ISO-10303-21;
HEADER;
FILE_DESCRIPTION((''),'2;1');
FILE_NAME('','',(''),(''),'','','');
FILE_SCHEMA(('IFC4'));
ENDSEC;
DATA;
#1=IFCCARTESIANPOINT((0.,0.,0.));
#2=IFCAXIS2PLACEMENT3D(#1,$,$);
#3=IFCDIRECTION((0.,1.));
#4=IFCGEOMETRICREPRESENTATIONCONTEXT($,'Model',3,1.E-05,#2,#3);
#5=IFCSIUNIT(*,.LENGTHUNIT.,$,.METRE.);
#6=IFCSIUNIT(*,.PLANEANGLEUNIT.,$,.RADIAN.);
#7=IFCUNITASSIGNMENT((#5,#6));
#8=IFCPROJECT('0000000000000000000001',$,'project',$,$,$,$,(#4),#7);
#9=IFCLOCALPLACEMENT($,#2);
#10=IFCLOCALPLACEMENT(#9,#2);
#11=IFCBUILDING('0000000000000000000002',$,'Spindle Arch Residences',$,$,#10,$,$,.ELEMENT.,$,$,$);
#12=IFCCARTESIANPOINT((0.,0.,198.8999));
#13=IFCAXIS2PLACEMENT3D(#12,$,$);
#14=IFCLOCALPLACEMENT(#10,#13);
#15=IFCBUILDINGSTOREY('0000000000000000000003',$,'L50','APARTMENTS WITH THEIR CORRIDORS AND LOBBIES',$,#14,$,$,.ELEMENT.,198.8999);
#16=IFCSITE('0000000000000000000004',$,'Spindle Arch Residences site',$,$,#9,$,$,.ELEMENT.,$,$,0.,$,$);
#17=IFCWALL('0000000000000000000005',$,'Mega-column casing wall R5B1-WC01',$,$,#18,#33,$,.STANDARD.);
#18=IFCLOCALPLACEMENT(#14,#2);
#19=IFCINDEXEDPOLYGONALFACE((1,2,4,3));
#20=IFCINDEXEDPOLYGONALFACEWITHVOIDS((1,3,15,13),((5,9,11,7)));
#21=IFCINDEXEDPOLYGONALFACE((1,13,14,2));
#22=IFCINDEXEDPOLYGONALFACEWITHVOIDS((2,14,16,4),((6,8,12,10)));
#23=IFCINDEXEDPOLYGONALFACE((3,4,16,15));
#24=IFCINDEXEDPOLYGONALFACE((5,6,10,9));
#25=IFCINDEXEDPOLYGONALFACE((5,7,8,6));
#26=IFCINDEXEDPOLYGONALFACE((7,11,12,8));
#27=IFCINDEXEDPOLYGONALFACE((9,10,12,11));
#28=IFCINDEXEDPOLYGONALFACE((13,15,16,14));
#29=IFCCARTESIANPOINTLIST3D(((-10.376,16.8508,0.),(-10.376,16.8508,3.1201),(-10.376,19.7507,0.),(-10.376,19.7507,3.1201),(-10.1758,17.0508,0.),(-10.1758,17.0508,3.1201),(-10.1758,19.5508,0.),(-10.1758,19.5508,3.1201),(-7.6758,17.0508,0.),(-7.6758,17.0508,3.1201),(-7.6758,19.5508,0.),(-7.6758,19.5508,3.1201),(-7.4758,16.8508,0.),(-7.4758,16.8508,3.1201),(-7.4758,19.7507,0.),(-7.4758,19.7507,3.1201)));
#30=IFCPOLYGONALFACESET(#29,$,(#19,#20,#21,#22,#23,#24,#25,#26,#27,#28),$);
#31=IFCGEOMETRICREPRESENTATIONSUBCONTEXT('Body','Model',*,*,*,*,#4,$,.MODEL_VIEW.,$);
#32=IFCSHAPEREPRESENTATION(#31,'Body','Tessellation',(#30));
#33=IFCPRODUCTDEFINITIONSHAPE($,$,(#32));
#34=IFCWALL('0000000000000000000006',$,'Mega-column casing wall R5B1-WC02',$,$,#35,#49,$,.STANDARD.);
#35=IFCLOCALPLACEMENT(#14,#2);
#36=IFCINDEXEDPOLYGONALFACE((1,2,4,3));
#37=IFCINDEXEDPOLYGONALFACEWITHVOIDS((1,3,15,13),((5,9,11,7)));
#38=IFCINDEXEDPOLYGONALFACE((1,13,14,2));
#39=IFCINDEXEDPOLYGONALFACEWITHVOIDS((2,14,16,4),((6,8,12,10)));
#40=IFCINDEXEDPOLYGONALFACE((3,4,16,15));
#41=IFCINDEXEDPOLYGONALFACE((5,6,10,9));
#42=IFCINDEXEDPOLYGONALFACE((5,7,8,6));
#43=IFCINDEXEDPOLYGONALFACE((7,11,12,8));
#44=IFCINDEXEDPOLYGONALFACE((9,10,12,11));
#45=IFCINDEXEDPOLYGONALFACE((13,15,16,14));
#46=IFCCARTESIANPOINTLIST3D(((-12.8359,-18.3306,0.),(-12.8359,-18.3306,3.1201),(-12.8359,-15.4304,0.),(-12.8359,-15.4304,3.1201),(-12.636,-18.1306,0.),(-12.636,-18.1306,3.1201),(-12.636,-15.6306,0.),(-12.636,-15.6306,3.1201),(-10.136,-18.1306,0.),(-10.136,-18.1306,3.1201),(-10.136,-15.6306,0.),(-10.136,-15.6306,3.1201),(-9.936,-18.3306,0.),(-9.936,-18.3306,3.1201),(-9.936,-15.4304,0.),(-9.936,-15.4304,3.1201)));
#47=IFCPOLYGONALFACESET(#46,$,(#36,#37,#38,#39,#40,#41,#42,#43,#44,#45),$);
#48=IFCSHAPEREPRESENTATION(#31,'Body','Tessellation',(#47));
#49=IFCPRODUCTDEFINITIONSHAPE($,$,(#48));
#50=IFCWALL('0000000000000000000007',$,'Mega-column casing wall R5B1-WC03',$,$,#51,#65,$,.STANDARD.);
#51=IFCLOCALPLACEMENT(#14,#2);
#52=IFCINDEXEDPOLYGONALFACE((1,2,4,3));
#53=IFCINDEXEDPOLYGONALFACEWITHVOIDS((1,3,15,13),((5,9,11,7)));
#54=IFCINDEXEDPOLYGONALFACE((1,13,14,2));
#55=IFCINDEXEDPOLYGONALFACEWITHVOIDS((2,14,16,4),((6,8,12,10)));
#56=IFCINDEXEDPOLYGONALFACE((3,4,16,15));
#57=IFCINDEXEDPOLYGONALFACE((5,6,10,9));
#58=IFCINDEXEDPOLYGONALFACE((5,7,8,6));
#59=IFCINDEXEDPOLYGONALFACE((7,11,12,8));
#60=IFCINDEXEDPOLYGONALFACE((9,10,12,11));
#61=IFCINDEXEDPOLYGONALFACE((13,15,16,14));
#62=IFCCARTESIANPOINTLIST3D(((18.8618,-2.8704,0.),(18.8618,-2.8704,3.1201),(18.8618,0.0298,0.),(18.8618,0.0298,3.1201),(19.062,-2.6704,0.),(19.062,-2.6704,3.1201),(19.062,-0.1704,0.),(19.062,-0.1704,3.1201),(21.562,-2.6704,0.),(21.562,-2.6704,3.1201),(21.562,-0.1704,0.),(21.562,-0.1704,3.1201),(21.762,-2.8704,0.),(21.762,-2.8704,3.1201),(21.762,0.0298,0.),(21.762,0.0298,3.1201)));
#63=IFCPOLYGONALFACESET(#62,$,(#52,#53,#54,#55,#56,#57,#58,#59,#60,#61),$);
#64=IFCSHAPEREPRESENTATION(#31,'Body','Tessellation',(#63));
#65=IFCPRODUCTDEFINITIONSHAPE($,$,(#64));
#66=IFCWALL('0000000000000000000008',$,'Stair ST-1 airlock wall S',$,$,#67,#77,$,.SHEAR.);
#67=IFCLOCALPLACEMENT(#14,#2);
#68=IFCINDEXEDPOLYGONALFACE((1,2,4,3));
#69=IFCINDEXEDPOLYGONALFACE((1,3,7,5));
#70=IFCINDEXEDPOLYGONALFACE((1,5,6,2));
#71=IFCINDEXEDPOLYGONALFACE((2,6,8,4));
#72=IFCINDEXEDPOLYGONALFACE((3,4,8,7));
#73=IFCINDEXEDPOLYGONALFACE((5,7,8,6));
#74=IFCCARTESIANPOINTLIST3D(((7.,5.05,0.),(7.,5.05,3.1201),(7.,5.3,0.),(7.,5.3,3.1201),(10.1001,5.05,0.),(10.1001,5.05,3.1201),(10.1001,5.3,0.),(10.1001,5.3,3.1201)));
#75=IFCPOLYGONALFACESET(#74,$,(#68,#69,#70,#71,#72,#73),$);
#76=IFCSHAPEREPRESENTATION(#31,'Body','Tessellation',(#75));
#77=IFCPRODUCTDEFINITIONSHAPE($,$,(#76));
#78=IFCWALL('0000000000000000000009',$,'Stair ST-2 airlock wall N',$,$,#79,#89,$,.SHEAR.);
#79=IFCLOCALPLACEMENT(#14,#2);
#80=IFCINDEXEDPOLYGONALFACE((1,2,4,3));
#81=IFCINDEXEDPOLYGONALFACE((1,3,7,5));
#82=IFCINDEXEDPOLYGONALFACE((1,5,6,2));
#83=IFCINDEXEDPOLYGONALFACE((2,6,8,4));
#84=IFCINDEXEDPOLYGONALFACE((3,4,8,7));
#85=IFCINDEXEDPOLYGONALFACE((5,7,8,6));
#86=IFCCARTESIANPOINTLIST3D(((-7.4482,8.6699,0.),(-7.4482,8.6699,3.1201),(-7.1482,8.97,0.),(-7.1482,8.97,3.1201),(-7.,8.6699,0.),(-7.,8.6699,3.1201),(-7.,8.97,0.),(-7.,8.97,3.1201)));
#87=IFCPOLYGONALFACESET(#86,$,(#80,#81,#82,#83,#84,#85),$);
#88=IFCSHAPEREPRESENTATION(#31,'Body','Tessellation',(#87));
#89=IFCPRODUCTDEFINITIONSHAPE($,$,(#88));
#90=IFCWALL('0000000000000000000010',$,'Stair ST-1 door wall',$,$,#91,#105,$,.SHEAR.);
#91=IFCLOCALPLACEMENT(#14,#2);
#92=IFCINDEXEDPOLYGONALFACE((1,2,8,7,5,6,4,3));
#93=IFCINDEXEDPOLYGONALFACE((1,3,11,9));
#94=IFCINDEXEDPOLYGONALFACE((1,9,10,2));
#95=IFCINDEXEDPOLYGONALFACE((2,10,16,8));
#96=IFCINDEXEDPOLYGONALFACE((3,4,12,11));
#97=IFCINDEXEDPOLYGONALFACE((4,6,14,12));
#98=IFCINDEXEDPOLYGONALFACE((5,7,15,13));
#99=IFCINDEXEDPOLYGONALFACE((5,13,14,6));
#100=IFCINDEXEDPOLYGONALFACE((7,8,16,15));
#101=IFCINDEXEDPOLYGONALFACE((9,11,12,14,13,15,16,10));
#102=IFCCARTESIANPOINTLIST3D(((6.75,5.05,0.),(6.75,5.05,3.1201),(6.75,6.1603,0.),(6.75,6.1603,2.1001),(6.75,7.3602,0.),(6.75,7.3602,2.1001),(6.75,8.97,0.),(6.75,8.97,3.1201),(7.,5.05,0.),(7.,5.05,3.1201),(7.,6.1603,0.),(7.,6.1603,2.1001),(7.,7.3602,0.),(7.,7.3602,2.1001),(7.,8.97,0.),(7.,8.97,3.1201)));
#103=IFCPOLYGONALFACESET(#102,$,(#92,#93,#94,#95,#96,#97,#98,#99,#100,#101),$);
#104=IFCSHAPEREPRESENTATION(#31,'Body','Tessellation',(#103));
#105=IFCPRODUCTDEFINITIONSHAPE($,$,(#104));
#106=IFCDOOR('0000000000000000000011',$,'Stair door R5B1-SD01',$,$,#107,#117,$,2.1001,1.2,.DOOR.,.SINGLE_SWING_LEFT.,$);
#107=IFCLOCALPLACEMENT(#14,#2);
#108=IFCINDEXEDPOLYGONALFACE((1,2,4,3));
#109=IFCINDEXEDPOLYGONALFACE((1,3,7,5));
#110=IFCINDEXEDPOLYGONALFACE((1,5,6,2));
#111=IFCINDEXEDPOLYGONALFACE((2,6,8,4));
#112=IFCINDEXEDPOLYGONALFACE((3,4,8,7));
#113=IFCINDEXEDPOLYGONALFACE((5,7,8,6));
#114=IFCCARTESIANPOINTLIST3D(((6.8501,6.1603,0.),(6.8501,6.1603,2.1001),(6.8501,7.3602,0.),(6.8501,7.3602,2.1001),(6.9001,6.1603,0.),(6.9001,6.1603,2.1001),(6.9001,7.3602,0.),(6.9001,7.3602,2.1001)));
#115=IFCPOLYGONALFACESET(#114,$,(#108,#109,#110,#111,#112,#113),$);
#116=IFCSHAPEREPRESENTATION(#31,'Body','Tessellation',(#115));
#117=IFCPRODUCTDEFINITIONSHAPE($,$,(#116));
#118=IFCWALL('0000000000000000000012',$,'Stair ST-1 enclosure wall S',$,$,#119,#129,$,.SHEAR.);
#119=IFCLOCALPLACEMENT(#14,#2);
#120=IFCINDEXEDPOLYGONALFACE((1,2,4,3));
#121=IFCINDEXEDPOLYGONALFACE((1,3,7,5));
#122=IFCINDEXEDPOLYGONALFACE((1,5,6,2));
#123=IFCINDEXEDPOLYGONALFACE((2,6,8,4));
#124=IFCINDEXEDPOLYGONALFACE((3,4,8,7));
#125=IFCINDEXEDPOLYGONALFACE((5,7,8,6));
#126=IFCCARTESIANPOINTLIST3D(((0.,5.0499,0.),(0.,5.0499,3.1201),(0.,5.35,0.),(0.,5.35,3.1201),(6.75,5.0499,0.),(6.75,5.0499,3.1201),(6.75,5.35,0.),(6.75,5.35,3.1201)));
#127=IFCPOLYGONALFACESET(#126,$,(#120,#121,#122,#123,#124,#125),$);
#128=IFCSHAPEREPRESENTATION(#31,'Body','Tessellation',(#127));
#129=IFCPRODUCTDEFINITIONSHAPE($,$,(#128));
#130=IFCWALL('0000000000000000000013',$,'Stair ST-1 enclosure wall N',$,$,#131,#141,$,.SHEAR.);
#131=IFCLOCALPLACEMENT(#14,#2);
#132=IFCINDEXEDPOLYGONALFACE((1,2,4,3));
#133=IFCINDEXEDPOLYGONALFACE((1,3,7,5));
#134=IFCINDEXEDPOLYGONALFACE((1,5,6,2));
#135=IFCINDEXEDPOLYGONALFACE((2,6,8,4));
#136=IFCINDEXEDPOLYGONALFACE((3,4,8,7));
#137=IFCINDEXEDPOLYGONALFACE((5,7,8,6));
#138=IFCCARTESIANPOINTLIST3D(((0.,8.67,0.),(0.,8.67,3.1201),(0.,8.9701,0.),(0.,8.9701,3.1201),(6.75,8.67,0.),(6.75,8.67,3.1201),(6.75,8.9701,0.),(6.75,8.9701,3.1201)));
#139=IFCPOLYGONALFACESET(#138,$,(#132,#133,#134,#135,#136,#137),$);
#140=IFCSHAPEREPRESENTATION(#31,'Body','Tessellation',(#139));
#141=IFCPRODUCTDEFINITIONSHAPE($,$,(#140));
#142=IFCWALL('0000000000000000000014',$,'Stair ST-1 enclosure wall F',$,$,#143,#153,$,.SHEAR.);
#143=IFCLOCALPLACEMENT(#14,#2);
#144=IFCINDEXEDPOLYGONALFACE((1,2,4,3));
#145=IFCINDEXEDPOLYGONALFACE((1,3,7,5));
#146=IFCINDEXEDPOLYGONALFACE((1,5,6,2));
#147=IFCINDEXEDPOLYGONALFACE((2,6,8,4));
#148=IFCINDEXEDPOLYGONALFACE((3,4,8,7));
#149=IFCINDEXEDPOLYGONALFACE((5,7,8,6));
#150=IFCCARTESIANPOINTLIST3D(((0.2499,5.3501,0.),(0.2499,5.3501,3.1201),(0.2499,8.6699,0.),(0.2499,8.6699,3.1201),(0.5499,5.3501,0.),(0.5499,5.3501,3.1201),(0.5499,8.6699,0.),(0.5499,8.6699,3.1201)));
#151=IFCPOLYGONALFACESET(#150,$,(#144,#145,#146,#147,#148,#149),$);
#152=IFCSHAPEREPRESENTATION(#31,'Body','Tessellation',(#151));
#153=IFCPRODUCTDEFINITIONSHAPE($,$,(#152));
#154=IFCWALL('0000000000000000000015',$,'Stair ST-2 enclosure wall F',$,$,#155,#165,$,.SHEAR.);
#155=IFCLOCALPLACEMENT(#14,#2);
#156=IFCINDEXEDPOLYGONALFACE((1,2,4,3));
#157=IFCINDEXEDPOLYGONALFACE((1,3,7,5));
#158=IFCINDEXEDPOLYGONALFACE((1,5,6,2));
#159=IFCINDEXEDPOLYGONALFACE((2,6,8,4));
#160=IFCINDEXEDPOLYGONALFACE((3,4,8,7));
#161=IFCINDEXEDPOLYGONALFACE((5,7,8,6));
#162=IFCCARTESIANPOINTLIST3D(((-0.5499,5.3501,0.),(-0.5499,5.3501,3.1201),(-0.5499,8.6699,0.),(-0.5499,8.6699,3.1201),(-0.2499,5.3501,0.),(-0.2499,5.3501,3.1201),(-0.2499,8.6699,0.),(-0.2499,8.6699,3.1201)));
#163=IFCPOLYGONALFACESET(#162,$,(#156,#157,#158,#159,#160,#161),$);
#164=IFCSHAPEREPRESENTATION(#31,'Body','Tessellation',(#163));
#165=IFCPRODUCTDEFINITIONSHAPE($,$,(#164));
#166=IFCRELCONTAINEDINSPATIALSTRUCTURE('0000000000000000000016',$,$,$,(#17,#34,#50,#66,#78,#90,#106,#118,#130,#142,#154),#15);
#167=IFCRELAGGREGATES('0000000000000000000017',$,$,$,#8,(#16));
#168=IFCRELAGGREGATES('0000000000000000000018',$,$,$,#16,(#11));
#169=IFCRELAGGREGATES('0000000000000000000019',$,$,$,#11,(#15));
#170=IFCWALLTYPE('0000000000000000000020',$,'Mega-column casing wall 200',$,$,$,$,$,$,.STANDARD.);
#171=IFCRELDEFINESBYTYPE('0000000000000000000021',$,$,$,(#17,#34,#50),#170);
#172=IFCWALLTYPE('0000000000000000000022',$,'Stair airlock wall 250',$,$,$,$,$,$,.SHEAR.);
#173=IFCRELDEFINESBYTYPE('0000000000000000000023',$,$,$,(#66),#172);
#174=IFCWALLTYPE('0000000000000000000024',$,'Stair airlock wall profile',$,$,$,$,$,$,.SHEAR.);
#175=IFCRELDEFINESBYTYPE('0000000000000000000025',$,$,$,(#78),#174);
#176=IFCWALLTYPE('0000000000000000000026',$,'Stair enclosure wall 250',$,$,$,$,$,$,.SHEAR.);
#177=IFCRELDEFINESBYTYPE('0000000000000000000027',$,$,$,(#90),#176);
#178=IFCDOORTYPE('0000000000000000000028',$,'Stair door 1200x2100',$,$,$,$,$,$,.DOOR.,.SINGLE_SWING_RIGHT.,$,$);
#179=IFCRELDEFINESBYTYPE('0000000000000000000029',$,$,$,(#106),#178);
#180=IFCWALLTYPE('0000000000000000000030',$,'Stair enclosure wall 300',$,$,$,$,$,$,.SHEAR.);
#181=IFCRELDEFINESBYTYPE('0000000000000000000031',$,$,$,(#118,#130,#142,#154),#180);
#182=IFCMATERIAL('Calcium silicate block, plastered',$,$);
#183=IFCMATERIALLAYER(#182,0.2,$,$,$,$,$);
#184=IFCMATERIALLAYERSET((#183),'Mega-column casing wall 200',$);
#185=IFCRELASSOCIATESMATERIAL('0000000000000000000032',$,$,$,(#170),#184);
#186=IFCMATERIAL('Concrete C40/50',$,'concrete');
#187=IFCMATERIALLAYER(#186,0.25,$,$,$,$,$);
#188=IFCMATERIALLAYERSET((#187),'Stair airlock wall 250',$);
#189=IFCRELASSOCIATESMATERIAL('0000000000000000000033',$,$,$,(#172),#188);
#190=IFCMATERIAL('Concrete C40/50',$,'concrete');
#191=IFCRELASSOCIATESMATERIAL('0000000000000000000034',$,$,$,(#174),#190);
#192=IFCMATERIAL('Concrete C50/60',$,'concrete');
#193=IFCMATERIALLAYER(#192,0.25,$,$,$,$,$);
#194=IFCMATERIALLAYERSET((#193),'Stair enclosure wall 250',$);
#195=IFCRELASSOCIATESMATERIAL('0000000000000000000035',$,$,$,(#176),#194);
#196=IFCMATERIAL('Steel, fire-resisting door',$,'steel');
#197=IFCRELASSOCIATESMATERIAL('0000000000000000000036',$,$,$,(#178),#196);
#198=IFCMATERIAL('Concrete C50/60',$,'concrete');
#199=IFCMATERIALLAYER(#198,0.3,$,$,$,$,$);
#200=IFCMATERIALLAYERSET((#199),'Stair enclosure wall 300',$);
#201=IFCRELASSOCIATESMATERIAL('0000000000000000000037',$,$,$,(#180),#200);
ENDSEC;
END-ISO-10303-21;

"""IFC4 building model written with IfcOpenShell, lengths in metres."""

from ifc_helpers import new_model, si_unit, direction, frame, frame_2d, origin, place, context, subcontext, project, spatial, polyline, rectangle, outline, extrude, material, layer, layer_set, type_object, element, fill, save


model = new_model("IFC4")

# Units and contexts
model_context = context("Model", 3, precision=1e-05, world=origin(), true_north=direction((0.0, 1.0)))
body_context = subcontext(model_context, "Body", "Model", "MODEL_VIEW")
ifc_project = project(units=[si_unit("LENGTHUNIT", "METRE"), si_unit("PLANEANGLEUNIT", "RADIAN")], contexts=[model_context])

# Site, building, storey
site_placement = place(None, origin())
site = spatial("IfcSite", under=ifc_project, at=site_placement, Name="Spindle Arch Residences site", CompositionType="ELEMENT", RefElevation=0.0)
building_placement = place(site_placement, origin())
building = spatial("IfcBuilding", under=site, at=building_placement, Name="Spindle Arch Residences", CompositionType="ELEMENT")
storey_placement = place(building_placement, frame((0.0, 0.0, 198.8999)))
storey = spatial("IfcBuildingStorey", under=building, at=storey_placement, Name="L50", Description="APARTMENTS WITH THEIR CORRIDORS AND LOBBIES", CompositionType="ELEMENT", Elevation=198.8999)

# Walls
ifc_material_1 = material(Name="Calcium silicate block, plastered")
ifc_layer_1 = layer(ifc_material_1, 0.2)
ifc_layer_set_1 = layer_set([ifc_layer_1], Name="Mega-column casing wall 200")
wall_type_1 = type_object("IfcWallType", Name="Mega-column casing wall 200", PredefinedType="STANDARD", material=ifc_layer_set_1)
wall_1_placement = place(storey_placement, origin())
element("IfcWall", 1, at=wall_1_placement, inside=storey, type_object=wall_type_1, Name="Mega-column casing wall R5B1-WC01", PredefinedType="STANDARD", context=body_context, shape_type="SweptSolid", body=[
    extrude(outline(polyline([(-7.4758, 19.7507), (-7.4758, 16.8508), (-10.376, 16.8508), (-10.376, 19.7507), (-7.4758, 19.7507)]), holes=[polyline([(-10.1758, 17.0508), (-7.6758, 17.0508), (-7.6758, 19.5508), (-10.1758, 19.5508), (-10.1758, 17.0508)])]), origin(), (0.0, 0.0, 1.0), 3.1201),
])
wall_2_placement = place(storey_placement, origin())
element("IfcWall", 2, at=wall_2_placement, inside=storey, type_object=wall_type_1, Name="Mega-column casing wall R5B1-WC02", PredefinedType="STANDARD", context=body_context, shape_type="SweptSolid", body=[
    extrude(outline(polyline([(-9.936, -15.4304), (-9.936, -18.3306), (-12.8359, -18.3306), (-12.8359, -15.4304), (-9.936, -15.4304)]), holes=[polyline([(-12.636, -18.1306), (-10.136, -18.1306), (-10.136, -15.6306), (-12.636, -15.6306), (-12.636, -18.1306)])]), origin(), (0.0, 0.0, 1.0), 3.1201),
])
wall_3_placement = place(storey_placement, origin())
element("IfcWall", 3, at=wall_3_placement, inside=storey, type_object=wall_type_1, Name="Mega-column casing wall R5B1-WC03", PredefinedType="STANDARD", context=body_context, shape_type="SweptSolid", body=[
    extrude(outline(polyline([(21.762, 0.0298), (21.762, -2.8704), (18.8618, -2.8704), (18.8618, 0.0298), (21.762, 0.0298)]), holes=[polyline([(19.062, -2.6704), (21.562, -2.6704), (21.562, -0.1704), (19.062, -0.1704), (19.062, -2.6704)])]), origin(), (0.0, 0.0, 1.0), 3.1201),
])
ifc_material_2 = material(Name="Concrete C40/50", Category="concrete")
ifc_layer_2 = layer(ifc_material_2, 0.25)
ifc_layer_set_2 = layer_set([ifc_layer_2], Name="Stair airlock wall 250")
wall_type_2 = type_object("IfcWallType", Name="Stair airlock wall 250", PredefinedType="SHEAR", material=ifc_layer_set_2)
wall_4_placement = place(storey_placement, frame((7.0, 5.175, 0.0), z_axis=(0.0, 0.0, 1.0), x_axis=(1.0, 0.0, 0.0)))
element("IfcWall", 4, at=wall_4_placement, inside=storey, type_object=wall_type_2, Name="Stair ST-1 airlock wall S", PredefinedType="SHEAR", context=body_context, shape_type="SweptSolid", body=[
    extrude(rectangle(XDim=3.1001, YDim=0.25, at=frame_2d((1.55, 0.0))), origin(), (0.0, 0.0, 1.0), 3.1201),
])
ifc_material_3 = material(Name="Concrete C40/50", Category="concrete")
wall_type_3 = type_object("IfcWallType", Name="Stair airlock wall profile", PredefinedType="SHEAR", material=ifc_material_3)
wall_5_placement = place(storey_placement, origin())
element("IfcWall", 5, at=wall_5_placement, inside=storey, type_object=wall_type_3, Name="Stair ST-2 airlock wall N", PredefinedType="SHEAR", context=body_context, shape_type="SweptSolid", body=[
    extrude(outline(polyline([(-7.1482, 8.97), (-7.0, 8.97), (-7.0, 8.6699), (-7.4482, 8.6699), (-7.1482, 8.97)])), origin(), (0.0, 0.0, 1.0), 3.1201),
])

# Wall, opening, door
ifc_material_4 = material(Name="Concrete C50/60", Category="concrete")
ifc_layer_3 = layer(ifc_material_4, 0.25)
ifc_layer_set_3 = layer_set([ifc_layer_3], Name="Stair enclosure wall 250")
wall_type_4 = type_object("IfcWallType", Name="Stair enclosure wall 250", PredefinedType="SHEAR", material=ifc_layer_set_3)
wall_6_placement = place(storey_placement, frame((6.875, 5.05, 0.0), z_axis=(0.0, 0.0, 1.0), x_axis=(0.0, 1.0, 0.0)))
wall_6 = element("IfcWall", 6, at=wall_6_placement, inside=storey, type_object=wall_type_4, Name="Stair ST-1 door wall", PredefinedType="SHEAR", context=body_context, shape_type="SweptSolid", body=[
    extrude(rectangle(XDim=3.9199, YDim=0.25, at=frame_2d((1.96, 0.0))), origin(), (0.0, 0.0, 1.0), 3.1201),
])
opening_1_placement = place(wall_6_placement, frame((1.1101, 0.0, 0.0)))
opening_1 = element("IfcOpeningElement", 7, at=opening_1_placement, cuts=wall_6, PredefinedType="OPENING", context=body_context, shape_type="SweptSolid", body=[
    extrude(rectangle(XDim=1.2, YDim=2.1001, at=frame_2d((0.6001, 1.05))), frame((0.0, 0.135, 0.0), z_axis=(0.0, -1.0, 0.0), x_axis=(1.0, 0.0, 0.0)), (0.0, 0.0, 1.0), 0.27),
])
ifc_material_5 = material(Name="Steel, fire-resisting door", Category="steel")
door_type_1 = type_object("IfcDoorType", Name="Stair door 1200x2100", OperationType="SINGLE_SWING_RIGHT", PredefinedType="DOOR", material=ifc_material_5)
door_1_placement = place(opening_1_placement, origin())
door_1 = element("IfcDoor", 8, at=door_1_placement, inside=storey, type_object=door_type_1, Name="Stair door R5B1-SD01", OperationType="SINGLE_SWING_LEFT", OverallHeight=2.1001, OverallWidth=1.2, PredefinedType="DOOR", context=body_context, shape_type="SweptSolid", body=[
    extrude(rectangle(XDim=1.2, YDim=2.1001, at=frame_2d((0.6001, 1.05))), frame((0.0, 0.0249, 0.0), z_axis=(0.0, -1.0, 0.0), x_axis=(1.0, 0.0, 0.0)), (0.0, 0.0, 1.0), 0.05),
])
fill(opening_1, door_1)

# Walls
ifc_material_6 = material(Name="Concrete C50/60", Category="concrete")
ifc_layer_4 = layer(ifc_material_6, 0.3)
ifc_layer_set_4 = layer_set([ifc_layer_4], Name="Stair enclosure wall 300")
wall_type_5 = type_object("IfcWallType", Name="Stair enclosure wall 300", PredefinedType="SHEAR", material=ifc_layer_set_4)
for number, where, z_axis, x_axis, name in (
    (9, (0.0, 5.2, 0.0), (0.0, 0.0, 1.0), (1.0, 0.0, 0.0), "Stair ST-1 enclosure wall S"),
    (10, (0.0, 8.8201, 0.0), (0.0, 0.0, 1.0), (1.0, 0.0, 0.0), "Stair ST-1 enclosure wall N"),
):
    element("IfcWall", number, at=place(storey_placement, frame(where, z_axis=z_axis, x_axis=x_axis)), inside=storey, type_object=wall_type_5, Name=name, PredefinedType="SHEAR", context=body_context, shape_type="SweptSolid", body=[
        extrude(rectangle(XDim=6.75, YDim=0.3, at=frame_2d((3.375, 0.0))), origin(), (0.0, 0.0, 1.0), 3.1201),
    ])
for number, where, z_axis, x_axis, name in (
    (11, (0.3999, 5.3501, 0.0), (0.0, 0.0, 1.0), (0.0, 1.0, 0.0), "Stair ST-1 enclosure wall F"),
    (12, (-0.3999, 5.3501, 0.0), (0.0, 0.0, 1.0), (0.0, 1.0, 0.0), "Stair ST-2 enclosure wall F"),
):
    element("IfcWall", number, at=place(storey_placement, frame(where, z_axis=z_axis, x_axis=x_axis)), inside=storey, type_object=wall_type_5, Name=name, PredefinedType="SHEAR", context=body_context, shape_type="SweptSolid", body=[
        extrude(rectangle(XDim=3.3198, YDim=0.3, at=frame_2d((1.6599, 0.0))), origin(), (0.0, 0.0, 1.0), 3.1201),
    ])

save(model, "model.ifc")
